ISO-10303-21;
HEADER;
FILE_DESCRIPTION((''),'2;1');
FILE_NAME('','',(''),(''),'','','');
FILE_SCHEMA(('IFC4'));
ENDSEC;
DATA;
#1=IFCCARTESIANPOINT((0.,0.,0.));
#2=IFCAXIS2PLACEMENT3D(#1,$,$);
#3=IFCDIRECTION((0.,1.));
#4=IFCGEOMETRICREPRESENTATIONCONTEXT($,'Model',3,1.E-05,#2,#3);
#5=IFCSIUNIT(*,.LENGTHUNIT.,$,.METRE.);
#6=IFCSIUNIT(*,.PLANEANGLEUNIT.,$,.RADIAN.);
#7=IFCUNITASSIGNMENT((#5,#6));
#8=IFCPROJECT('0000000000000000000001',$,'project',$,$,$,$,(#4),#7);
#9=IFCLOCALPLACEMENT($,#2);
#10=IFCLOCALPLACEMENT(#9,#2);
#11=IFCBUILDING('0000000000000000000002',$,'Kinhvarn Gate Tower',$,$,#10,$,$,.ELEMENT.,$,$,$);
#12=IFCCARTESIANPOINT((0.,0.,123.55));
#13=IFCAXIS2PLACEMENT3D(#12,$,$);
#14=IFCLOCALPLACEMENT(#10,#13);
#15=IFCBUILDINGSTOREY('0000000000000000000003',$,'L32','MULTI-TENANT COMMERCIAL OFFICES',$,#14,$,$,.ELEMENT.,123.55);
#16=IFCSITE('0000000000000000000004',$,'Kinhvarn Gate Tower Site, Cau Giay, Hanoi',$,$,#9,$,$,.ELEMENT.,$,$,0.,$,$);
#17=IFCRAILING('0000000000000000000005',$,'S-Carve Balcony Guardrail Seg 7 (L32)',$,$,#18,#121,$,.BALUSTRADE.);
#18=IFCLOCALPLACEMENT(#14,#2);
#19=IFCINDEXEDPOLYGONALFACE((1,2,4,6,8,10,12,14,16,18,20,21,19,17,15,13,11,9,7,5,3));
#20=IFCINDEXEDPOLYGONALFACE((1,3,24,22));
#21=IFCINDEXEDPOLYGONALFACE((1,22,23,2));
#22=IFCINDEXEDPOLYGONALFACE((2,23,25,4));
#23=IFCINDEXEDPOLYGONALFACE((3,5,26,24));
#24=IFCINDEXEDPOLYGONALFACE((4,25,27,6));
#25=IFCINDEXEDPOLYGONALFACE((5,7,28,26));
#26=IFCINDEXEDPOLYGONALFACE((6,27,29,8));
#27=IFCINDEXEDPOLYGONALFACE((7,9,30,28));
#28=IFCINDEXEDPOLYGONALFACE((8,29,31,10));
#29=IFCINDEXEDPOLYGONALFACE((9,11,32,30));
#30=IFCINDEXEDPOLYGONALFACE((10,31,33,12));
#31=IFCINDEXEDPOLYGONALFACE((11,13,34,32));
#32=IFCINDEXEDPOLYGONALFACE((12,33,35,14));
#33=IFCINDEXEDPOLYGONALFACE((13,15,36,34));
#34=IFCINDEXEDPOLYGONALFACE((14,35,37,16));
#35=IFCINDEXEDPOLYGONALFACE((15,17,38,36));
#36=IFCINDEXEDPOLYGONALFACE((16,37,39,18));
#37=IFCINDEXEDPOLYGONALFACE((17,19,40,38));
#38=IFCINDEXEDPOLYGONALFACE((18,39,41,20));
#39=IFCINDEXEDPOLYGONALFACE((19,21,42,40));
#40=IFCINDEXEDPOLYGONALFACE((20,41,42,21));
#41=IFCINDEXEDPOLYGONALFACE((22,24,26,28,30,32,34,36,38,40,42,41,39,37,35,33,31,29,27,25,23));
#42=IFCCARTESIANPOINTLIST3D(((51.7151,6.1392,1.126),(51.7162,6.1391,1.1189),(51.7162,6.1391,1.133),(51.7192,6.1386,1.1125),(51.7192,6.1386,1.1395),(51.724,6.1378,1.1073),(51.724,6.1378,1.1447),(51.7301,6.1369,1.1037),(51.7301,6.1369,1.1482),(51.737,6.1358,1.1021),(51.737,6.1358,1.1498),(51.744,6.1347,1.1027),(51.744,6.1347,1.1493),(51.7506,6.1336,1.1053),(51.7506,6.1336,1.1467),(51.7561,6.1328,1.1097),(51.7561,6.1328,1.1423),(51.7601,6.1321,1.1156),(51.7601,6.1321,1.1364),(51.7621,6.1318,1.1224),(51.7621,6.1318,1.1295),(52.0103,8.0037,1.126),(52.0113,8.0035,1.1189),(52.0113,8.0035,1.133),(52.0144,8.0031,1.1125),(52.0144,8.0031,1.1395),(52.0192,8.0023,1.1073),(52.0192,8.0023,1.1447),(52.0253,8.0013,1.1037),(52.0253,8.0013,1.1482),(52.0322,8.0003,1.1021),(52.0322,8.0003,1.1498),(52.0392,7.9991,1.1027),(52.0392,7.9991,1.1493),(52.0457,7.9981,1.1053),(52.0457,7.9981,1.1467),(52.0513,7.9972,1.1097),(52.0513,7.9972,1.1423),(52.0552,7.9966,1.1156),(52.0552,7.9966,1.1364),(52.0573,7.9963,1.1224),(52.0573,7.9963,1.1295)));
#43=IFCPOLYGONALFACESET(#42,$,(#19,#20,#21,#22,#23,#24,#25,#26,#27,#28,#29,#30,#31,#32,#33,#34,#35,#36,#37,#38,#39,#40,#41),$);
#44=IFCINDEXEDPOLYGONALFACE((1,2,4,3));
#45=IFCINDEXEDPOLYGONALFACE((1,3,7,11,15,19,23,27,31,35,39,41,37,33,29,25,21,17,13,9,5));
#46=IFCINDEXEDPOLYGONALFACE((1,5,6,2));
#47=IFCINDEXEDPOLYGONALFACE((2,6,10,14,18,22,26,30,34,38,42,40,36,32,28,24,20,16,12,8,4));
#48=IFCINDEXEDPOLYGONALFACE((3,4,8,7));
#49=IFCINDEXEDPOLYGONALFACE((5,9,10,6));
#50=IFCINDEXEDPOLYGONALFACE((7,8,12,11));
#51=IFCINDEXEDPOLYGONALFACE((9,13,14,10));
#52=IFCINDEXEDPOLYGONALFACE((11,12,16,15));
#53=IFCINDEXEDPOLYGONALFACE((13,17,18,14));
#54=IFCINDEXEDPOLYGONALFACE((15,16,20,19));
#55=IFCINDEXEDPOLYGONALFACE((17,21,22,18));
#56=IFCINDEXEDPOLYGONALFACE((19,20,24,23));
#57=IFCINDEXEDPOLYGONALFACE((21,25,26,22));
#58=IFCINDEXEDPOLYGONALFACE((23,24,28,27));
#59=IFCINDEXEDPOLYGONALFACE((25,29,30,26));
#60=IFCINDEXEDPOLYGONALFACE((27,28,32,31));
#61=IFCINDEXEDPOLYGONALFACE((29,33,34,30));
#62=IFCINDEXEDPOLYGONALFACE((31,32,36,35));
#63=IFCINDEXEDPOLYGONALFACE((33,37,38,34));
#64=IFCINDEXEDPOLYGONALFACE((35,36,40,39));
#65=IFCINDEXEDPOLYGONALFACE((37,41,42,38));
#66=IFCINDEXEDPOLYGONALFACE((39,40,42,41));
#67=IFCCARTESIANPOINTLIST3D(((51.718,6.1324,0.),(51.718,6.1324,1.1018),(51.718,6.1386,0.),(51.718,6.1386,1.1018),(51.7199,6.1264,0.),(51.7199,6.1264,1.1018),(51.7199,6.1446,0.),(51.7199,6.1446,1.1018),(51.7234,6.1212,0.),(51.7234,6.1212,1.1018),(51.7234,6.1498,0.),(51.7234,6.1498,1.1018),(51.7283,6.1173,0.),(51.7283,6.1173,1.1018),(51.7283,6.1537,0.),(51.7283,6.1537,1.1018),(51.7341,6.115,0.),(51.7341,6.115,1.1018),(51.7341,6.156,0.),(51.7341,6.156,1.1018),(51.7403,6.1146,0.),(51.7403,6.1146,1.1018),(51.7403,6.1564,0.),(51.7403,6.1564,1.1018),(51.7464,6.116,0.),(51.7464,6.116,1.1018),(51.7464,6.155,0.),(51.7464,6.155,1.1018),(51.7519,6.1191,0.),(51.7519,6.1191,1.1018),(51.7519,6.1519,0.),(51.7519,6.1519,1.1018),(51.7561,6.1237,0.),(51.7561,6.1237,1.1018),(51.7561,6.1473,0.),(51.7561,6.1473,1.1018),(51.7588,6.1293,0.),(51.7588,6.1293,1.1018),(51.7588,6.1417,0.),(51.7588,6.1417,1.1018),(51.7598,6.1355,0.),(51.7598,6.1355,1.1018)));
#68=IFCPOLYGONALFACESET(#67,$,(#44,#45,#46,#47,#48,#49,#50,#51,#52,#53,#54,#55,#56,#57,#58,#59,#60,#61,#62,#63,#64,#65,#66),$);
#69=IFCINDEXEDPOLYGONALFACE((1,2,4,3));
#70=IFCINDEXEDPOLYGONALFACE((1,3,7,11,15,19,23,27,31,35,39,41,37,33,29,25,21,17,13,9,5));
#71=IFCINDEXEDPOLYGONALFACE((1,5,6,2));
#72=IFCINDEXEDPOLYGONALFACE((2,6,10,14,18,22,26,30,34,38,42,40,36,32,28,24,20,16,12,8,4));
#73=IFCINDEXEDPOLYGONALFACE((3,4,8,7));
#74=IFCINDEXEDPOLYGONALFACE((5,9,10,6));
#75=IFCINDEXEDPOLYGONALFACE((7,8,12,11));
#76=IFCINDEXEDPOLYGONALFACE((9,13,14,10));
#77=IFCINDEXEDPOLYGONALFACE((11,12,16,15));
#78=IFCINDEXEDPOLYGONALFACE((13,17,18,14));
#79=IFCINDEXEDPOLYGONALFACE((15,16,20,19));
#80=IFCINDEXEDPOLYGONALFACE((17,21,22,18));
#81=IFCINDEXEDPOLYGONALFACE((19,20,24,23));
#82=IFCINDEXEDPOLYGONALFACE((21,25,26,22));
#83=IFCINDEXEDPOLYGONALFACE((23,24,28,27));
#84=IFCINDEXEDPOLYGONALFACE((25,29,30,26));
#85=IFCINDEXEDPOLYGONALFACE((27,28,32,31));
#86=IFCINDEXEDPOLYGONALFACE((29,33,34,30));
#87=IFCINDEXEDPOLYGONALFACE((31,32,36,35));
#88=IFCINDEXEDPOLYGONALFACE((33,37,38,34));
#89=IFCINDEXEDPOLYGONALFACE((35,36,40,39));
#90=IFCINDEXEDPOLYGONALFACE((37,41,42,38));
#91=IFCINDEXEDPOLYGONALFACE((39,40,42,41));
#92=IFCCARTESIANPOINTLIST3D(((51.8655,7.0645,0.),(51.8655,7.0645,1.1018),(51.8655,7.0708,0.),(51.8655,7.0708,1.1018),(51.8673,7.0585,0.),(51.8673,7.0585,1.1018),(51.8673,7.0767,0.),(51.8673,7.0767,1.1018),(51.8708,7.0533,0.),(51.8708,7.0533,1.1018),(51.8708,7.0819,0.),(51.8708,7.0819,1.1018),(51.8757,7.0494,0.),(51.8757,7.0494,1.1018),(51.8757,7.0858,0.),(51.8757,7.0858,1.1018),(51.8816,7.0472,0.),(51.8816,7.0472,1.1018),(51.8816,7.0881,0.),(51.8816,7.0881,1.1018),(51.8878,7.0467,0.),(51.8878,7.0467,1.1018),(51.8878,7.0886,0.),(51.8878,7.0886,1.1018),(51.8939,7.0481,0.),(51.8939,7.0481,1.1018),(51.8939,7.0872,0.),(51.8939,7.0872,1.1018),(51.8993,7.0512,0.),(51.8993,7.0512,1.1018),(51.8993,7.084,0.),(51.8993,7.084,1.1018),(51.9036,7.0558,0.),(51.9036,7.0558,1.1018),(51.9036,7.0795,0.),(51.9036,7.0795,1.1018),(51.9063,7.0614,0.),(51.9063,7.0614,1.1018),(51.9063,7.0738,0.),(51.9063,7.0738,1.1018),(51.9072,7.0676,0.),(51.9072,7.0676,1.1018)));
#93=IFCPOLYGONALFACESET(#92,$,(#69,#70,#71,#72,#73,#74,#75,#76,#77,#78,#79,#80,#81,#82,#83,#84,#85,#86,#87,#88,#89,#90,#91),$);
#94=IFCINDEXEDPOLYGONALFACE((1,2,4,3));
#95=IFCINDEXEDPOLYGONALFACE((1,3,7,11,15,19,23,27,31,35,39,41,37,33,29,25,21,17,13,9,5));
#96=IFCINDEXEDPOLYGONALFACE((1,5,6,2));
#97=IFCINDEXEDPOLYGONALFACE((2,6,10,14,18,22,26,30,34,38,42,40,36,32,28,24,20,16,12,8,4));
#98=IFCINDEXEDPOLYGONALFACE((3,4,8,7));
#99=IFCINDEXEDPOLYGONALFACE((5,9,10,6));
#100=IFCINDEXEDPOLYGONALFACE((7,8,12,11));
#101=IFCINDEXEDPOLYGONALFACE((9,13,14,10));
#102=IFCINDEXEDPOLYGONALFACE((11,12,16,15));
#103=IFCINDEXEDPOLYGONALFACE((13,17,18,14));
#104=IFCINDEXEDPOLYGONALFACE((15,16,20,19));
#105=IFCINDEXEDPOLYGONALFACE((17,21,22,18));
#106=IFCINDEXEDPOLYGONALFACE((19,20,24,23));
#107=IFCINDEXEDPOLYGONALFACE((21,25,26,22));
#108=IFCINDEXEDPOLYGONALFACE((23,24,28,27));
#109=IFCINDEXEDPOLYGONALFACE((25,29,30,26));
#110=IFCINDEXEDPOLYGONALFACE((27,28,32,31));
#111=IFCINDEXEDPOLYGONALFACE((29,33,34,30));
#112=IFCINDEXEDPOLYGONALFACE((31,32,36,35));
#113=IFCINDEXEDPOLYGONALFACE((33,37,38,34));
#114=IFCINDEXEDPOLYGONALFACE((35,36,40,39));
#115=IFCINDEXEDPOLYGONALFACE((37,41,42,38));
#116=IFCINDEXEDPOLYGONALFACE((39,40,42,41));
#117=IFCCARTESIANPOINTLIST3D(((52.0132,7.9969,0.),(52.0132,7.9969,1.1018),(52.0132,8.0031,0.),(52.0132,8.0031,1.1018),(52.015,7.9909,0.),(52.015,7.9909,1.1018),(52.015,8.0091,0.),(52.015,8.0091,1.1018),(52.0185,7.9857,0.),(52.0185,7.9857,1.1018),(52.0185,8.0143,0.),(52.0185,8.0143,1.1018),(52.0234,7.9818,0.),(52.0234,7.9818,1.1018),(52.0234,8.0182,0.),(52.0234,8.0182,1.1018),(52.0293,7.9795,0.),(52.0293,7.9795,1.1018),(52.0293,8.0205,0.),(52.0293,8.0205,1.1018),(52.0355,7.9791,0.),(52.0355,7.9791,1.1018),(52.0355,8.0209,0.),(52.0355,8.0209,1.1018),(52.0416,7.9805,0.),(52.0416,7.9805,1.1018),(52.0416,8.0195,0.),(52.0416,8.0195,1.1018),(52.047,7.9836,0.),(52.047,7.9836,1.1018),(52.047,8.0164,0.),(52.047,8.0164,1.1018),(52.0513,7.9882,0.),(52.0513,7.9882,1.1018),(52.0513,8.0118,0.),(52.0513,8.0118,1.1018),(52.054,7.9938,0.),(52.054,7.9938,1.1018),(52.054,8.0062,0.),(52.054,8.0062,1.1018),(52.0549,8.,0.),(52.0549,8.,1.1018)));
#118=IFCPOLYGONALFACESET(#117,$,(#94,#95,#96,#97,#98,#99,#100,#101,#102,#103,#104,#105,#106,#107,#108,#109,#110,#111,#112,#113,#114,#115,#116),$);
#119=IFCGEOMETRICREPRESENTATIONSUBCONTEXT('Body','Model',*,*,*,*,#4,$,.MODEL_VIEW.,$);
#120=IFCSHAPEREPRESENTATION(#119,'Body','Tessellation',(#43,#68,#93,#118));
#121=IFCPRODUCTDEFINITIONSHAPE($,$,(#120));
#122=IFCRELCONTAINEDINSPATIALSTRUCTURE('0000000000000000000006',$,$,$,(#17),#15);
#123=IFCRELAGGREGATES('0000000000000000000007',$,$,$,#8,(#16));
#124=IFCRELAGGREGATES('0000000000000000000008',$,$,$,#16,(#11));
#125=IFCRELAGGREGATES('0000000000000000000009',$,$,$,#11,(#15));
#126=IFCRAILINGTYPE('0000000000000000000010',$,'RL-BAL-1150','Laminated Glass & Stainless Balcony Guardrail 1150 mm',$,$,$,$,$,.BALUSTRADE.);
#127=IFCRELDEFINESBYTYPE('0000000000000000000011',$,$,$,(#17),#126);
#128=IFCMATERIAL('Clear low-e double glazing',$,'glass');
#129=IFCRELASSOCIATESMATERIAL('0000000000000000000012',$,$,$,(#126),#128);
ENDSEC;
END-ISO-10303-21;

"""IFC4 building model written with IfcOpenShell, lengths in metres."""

from ifc_helpers import new_model, si_unit, direction, frame, origin, origin_2d, place, context, subcontext, project, spatial, circle, extrude, material, type_object, element, save


model = new_model("IFC4")

# Units and contexts
model_context = context("Model", 3, precision=1e-05, world=origin(), true_north=direction((0.0, 1.0)))
body_context = subcontext(model_context, "Body", "Model", "MODEL_VIEW")
ifc_project = project(units=[si_unit("LENGTHUNIT", "METRE"), si_unit("PLANEANGLEUNIT", "RADIAN")], contexts=[model_context])

# Site, building, storey
site_placement = place(None, origin())
site = spatial("IfcSite", under=ifc_project, at=site_placement, Name="Kinhvarn Gate Tower Site, Cau Giay, Hanoi", CompositionType="ELEMENT", RefElevation=0.0)
building_placement = place(site_placement, origin())
building = spatial("IfcBuilding", under=site, at=building_placement, Name="Kinhvarn Gate Tower", CompositionType="ELEMENT")
storey_placement = place(building_placement, frame((0.0, 0.0, 123.55)))
storey = spatial("IfcBuildingStorey", under=building, at=storey_placement, Name="L32", Description="MULTI-TENANT COMMERCIAL OFFICES", CompositionType="ELEMENT", Elevation=123.55)

# Shared definitions
ifc_material_1 = material(Name="Clear low-e double glazing", Category="glass")

# Railing
railing_type = type_object("IfcRailingType", Name="RL-BAL-1150", Description="Laminated Glass & Stainless Balcony Guardrail 1150 mm", PredefinedType="BALUSTRADE", material=ifc_material_1)
railing_1_placement = place(storey_placement, frame((51.7388, 6.1355, 0.0)))
element("IfcRailing", 1, at=railing_1_placement, inside=storey, type_object=railing_type, Name="S-Carve Balcony Guardrail Seg 7 (L32)", PredefinedType="BALUSTRADE", context=body_context, shape_type="SweptSolid", body=[
    extrude(circle(Radius=0.0239, at=origin_2d()), frame((0.0, 0.0, 1.126), z_axis=(0.156361, 0.9877, 0.0), x_axis=(-0.9877, 0.156361, 0.0)), (0.0, 0.0, 1.0), 1.8877),
    extrude(circle(Radius=0.021, at=origin_2d()), origin(), (0.0, 0.0, 1.0), 1.1018),
    extrude(circle(Radius=0.021, at=origin_2d()), frame((0.1475, 0.9321, 0.0)), (0.0, 0.0, 1.0), 1.1018),
    extrude(circle(Radius=0.021, at=origin_2d()), frame((0.2952, 1.8645, 0.0)), (0.0, 0.0, 1.0), 1.1018),
])

save(model, "model.ifc")
